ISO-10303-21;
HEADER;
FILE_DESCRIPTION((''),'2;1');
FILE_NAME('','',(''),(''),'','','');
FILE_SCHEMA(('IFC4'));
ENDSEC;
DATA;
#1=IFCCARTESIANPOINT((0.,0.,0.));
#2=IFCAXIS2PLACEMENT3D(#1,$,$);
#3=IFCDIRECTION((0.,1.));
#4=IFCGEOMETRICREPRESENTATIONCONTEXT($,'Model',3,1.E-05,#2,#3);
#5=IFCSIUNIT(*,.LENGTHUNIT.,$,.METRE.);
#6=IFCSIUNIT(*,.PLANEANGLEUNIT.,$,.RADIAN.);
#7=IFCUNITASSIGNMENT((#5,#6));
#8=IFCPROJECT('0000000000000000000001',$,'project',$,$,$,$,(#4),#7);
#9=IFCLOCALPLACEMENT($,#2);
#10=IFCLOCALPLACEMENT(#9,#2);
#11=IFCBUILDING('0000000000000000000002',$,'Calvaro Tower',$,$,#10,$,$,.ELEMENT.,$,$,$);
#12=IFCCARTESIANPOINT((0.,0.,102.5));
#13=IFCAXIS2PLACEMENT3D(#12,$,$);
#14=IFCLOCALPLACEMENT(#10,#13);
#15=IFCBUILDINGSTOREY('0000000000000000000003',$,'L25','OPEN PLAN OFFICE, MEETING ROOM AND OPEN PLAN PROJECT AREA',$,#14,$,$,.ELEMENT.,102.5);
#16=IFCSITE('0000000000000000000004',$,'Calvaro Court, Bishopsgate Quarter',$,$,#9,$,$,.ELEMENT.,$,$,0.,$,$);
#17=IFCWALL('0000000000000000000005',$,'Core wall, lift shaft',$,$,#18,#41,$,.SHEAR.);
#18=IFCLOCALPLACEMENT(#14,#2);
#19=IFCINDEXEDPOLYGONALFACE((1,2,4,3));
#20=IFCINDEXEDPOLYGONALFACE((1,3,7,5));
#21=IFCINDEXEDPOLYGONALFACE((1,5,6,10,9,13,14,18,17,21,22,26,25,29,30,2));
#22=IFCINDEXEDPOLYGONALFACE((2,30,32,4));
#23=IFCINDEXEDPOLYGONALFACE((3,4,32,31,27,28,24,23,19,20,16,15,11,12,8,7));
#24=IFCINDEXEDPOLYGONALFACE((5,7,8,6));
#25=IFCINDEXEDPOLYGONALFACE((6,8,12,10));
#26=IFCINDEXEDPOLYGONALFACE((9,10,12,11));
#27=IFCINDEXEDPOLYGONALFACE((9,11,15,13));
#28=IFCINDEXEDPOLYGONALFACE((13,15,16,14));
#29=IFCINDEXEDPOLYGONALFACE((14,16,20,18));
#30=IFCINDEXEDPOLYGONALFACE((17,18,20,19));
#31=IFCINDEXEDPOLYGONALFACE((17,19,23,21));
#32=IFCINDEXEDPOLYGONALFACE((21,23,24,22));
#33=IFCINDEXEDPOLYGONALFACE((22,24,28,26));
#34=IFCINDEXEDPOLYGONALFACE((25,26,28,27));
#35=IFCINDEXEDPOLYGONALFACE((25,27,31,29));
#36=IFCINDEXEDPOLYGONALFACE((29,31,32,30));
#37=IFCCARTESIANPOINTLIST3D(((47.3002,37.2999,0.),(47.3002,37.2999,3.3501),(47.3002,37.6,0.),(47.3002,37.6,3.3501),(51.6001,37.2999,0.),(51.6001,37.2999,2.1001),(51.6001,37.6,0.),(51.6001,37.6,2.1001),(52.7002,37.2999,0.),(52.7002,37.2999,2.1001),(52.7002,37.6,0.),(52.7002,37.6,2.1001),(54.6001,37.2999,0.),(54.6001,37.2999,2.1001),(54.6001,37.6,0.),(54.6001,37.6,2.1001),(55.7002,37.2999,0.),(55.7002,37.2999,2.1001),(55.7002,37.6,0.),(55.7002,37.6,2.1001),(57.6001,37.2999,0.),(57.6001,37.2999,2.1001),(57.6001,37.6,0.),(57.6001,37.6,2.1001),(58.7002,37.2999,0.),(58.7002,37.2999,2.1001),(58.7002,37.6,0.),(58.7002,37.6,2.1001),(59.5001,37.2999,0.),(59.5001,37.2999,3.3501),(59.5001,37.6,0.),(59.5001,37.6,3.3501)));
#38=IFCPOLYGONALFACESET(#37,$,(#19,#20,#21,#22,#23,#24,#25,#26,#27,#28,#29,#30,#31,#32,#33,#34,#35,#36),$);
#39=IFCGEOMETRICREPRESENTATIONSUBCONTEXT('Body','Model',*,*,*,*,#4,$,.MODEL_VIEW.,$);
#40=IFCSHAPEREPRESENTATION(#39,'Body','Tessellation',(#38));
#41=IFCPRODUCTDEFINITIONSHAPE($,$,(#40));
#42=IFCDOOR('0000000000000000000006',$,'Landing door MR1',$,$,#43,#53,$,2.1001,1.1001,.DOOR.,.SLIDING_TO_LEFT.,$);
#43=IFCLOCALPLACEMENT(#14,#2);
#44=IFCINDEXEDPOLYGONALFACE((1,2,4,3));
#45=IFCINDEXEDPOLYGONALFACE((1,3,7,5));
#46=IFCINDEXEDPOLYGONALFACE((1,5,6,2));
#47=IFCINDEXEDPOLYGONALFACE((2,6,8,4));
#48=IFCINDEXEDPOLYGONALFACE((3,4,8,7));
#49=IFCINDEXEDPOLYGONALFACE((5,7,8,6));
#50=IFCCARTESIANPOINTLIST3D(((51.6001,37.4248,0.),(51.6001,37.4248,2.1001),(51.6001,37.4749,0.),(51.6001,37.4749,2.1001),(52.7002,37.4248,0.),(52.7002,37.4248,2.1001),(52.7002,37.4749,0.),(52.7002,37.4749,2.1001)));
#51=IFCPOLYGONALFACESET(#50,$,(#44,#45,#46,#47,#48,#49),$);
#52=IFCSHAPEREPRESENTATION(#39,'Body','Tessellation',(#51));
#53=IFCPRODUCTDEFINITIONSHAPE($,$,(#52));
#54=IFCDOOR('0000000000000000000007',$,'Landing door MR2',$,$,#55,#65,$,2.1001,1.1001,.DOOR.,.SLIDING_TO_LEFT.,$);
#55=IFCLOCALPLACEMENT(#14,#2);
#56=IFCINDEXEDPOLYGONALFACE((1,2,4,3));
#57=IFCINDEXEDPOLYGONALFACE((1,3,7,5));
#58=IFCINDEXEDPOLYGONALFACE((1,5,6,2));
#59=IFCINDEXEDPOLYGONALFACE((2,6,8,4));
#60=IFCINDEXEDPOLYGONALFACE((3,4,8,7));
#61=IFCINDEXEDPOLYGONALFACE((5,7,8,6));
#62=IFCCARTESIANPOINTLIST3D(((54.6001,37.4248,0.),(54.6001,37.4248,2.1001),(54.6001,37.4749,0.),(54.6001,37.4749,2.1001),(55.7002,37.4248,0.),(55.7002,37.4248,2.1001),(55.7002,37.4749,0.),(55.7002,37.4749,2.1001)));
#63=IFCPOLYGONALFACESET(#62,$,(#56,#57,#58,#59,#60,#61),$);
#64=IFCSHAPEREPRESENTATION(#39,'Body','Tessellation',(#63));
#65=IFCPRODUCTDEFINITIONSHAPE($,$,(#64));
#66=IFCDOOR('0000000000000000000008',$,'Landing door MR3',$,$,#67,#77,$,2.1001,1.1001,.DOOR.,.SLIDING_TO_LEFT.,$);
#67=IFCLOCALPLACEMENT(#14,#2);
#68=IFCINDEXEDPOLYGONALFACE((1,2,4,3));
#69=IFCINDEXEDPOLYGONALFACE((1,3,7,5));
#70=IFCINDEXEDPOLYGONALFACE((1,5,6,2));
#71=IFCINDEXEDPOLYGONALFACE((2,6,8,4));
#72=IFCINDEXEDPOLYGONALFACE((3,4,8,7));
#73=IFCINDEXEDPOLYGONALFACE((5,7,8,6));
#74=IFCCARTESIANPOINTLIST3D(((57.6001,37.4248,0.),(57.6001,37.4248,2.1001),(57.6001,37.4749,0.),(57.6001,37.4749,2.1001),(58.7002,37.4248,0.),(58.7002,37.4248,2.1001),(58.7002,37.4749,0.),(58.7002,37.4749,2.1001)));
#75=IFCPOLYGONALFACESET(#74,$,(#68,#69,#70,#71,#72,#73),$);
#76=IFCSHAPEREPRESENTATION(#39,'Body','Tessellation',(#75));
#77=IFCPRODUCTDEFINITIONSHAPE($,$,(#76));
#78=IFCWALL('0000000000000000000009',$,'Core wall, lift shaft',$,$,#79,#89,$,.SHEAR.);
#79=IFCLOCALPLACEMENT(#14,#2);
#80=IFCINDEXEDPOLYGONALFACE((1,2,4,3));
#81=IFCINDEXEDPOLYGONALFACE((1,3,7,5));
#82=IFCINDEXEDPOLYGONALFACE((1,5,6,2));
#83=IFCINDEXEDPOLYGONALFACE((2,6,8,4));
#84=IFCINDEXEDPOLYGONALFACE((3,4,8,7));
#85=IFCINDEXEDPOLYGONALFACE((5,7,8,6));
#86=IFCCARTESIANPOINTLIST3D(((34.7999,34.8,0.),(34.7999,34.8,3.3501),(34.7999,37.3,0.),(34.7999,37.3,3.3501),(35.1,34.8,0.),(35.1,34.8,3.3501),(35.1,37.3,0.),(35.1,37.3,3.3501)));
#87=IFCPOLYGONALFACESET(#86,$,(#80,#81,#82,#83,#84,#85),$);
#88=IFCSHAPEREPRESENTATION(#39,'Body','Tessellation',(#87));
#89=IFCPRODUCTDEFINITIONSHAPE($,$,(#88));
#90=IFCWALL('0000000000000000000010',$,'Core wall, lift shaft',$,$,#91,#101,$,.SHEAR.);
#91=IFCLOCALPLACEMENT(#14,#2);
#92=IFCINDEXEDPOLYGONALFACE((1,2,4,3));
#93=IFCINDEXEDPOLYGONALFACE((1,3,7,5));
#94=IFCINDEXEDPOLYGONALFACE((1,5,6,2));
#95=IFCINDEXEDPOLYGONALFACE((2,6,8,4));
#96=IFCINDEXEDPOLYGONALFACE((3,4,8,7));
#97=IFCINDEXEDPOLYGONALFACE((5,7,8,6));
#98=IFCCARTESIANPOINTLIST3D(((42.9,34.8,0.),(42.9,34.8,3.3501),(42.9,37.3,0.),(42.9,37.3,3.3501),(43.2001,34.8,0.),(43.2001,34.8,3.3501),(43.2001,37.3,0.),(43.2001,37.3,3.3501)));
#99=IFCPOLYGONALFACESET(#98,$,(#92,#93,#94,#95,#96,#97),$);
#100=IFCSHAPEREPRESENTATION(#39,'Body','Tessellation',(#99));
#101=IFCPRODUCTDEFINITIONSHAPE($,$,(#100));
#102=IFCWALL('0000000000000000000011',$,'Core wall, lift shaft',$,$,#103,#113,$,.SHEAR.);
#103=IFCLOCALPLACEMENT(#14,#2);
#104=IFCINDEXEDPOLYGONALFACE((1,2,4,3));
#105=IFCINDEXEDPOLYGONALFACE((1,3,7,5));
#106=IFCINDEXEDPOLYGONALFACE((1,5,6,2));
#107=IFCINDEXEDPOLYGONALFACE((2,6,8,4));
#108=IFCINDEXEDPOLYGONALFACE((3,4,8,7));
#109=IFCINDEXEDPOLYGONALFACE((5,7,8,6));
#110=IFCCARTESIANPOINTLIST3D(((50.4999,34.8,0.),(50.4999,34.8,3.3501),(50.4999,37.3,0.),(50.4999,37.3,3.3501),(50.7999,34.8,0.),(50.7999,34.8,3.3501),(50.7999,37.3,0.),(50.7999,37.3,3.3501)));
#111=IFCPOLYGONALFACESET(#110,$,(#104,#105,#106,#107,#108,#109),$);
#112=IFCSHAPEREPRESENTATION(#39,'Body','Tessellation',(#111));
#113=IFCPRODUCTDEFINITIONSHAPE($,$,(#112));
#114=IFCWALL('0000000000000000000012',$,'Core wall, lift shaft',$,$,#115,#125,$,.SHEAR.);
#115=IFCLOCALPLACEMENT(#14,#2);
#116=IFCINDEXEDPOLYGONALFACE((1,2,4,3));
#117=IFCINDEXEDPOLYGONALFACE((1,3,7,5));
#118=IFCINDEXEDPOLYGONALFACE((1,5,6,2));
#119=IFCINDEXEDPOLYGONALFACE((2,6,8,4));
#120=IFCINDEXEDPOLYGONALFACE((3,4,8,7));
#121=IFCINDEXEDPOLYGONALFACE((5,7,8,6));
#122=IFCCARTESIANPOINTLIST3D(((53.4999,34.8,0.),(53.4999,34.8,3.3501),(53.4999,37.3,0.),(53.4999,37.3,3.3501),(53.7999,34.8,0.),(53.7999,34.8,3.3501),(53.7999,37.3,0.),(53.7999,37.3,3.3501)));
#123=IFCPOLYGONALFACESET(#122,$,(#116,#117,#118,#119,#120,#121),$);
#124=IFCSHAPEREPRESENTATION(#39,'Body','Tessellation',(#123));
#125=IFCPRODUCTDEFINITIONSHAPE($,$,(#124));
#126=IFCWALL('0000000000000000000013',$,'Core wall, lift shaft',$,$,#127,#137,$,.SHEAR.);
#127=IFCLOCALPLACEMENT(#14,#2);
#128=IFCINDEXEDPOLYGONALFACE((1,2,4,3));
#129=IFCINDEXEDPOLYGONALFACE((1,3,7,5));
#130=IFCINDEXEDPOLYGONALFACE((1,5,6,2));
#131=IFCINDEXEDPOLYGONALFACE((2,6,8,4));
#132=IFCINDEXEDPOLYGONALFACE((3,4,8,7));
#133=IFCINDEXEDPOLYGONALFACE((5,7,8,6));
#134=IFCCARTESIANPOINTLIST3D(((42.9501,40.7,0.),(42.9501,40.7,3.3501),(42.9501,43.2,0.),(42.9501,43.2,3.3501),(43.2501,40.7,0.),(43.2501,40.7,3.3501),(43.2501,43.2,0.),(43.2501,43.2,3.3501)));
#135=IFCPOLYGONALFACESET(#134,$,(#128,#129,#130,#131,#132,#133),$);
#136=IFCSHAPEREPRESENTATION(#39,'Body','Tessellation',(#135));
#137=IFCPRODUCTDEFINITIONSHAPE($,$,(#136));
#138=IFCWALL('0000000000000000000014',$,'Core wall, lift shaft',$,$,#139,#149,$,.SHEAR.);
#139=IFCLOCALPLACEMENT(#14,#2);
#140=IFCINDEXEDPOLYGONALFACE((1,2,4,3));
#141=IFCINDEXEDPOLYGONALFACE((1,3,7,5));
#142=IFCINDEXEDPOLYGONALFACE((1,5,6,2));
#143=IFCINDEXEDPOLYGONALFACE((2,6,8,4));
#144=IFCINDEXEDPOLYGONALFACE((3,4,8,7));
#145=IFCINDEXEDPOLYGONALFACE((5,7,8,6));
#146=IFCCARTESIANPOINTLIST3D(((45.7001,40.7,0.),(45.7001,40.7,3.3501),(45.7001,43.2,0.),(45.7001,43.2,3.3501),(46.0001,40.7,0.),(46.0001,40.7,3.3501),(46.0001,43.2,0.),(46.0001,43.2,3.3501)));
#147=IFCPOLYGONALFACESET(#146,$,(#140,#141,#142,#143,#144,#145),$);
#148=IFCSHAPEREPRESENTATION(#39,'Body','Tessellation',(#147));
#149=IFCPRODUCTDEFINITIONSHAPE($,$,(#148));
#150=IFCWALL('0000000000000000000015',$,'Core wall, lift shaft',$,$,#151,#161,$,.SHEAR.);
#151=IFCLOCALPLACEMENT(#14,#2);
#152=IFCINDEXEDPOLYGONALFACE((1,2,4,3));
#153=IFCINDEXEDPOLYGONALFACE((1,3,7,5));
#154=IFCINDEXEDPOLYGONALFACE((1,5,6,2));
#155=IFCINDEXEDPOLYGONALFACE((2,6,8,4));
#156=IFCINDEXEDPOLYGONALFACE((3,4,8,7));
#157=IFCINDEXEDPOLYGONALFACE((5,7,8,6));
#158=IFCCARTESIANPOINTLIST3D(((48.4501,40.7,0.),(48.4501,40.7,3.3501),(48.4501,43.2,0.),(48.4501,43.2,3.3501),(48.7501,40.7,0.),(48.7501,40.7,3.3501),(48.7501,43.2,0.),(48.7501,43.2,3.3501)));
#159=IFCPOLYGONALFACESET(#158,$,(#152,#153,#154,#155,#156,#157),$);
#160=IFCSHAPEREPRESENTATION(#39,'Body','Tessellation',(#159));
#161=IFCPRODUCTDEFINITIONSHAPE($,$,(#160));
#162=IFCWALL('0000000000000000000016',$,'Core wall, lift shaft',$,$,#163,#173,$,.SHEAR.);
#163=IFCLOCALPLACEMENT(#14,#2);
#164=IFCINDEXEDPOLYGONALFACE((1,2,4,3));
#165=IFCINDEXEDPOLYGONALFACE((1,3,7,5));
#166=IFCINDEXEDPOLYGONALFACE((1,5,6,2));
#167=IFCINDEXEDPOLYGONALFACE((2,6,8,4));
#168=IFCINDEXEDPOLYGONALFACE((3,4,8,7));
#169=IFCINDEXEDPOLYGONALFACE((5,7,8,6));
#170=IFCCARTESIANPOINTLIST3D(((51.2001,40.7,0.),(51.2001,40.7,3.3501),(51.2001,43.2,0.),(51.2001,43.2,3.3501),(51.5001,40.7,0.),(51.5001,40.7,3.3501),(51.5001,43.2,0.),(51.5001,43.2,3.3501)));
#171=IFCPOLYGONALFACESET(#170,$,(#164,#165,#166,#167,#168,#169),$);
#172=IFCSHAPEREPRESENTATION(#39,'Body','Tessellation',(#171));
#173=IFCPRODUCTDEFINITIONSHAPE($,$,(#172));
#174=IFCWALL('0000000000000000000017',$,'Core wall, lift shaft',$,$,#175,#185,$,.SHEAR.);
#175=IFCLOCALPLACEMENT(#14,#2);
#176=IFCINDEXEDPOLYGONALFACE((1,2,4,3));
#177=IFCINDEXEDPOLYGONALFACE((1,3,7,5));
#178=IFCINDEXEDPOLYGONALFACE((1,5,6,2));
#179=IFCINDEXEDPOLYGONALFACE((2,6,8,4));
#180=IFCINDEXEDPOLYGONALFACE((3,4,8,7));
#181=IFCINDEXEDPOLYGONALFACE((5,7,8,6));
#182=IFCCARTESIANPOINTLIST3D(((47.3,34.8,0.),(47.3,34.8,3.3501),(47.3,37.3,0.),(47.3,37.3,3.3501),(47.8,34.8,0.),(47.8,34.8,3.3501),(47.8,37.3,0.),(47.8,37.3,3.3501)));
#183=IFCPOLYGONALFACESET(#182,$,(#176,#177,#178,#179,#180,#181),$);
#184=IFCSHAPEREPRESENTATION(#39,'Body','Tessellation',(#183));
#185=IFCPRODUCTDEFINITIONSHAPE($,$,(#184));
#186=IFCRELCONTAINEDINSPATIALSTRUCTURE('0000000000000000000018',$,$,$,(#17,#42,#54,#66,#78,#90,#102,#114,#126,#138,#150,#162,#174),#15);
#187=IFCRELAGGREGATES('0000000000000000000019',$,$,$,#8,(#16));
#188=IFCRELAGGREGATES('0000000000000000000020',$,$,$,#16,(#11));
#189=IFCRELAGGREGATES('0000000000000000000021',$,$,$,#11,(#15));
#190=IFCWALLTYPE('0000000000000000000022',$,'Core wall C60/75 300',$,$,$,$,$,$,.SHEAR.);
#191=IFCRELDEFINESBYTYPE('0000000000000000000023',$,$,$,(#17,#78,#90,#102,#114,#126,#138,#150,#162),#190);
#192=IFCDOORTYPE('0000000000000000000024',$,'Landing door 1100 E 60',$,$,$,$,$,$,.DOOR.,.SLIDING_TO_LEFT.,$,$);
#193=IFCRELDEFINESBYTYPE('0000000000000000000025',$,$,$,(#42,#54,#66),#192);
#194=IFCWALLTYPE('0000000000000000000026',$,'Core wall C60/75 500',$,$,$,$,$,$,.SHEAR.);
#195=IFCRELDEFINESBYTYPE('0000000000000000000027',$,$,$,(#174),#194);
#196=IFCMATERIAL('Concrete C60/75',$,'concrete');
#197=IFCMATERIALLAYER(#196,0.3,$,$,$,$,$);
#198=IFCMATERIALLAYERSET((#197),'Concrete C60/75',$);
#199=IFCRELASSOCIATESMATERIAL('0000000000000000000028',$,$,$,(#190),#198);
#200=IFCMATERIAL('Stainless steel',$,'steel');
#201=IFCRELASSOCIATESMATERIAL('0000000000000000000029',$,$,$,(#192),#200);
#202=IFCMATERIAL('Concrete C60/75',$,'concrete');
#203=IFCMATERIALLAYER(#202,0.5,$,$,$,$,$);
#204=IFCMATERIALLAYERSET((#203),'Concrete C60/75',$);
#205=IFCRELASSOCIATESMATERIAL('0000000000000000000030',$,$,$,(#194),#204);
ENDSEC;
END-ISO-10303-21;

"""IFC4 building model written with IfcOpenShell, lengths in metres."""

from ifc_helpers import new_model, si_unit, direction, frame, frame_2d, origin, place, context, subcontext, project, spatial, rectangle, extrude, material, layer, layer_set, type_object, element, fill, save


model = new_model("IFC4")

# Units and contexts
model_context = context("Model", 3, precision=1e-05, world=origin(), true_north=direction((0.0, 1.0)))
body_context = subcontext(model_context, "Body", "Model", "MODEL_VIEW")
ifc_project = project(units=[si_unit("LENGTHUNIT", "METRE"), si_unit("PLANEANGLEUNIT", "RADIAN")], contexts=[model_context])

# Site, building, storey
site_placement = place(None, origin())
site = spatial("IfcSite", under=ifc_project, at=site_placement, Name="Calvaro Court, Bishopsgate Quarter", CompositionType="ELEMENT", RefElevation=0.0)
building_placement = place(site_placement, origin())
building = spatial("IfcBuilding", under=site, at=building_placement, Name="Calvaro Tower", CompositionType="ELEMENT")
storey_placement = place(building_placement, frame((0.0, 0.0, 102.5)))
storey = spatial("IfcBuildingStorey", under=building, at=storey_placement, Name="L25", Description="OPEN PLAN OFFICE, MEETING ROOM AND OPEN PLAN PROJECT AREA", CompositionType="ELEMENT", Elevation=102.5)

# Shared definitions
ifc_material_1 = material(Name="Concrete C60/75", Category="concrete")
ifc_layer_1 = layer(ifc_material_1, 0.3)
ifc_layer_set_1 = layer_set([ifc_layer_1], Name="Concrete C60/75")
wall_type_1 = type_object("IfcWallType", Name="Core wall C60/75 300", PredefinedType="SHEAR", material=ifc_layer_set_1)

# Shared definitions
ifc_material_2 = material(Name="Stainless steel", Category="steel")
door_type_1 = type_object("IfcDoorType", Name="Landing door 1100 E 60", OperationType="SLIDING_TO_LEFT", PredefinedType="DOOR", material=ifc_material_2)

# Wall, openings, doors
wall_1_placement = place(storey_placement, frame((47.3, 37.45, 0.0), z_axis=(0.0, 0.0, 1.0), x_axis=(1.0, 0.0, 0.0)))
wall_1 = element("IfcWall", 1, at=wall_1_placement, inside=storey, type_object=wall_type_1, Name="Core wall, lift shaft", PredefinedType="SHEAR", context=body_context, shape_type="SweptSolid", body=[
    extrude(rectangle(XDim=12.2, YDim=0.3, at=frame_2d((6.1001, 0.0))), origin(), (0.0, 0.0, 1.0), 3.3501),
])
opening_1_placement = place(wall_1_placement, frame((4.3, 0.0, 0.0)))
opening_1 = element("IfcOpeningElement", 2, at=opening_1_placement, cuts=wall_1, PredefinedType="OPENING", context=body_context, shape_type="SweptSolid", body=[
    extrude(rectangle(XDim=1.1001, YDim=2.1001, at=frame_2d((0.55, 1.05))), frame((0.0, 0.1599, 0.0), z_axis=(0.0, -1.0, 0.0), x_axis=(1.0, 0.0, 0.0)), (0.0, 0.0, 1.0), 0.3201),
])
opening_2_placement = place(wall_1_placement, frame((7.3, 0.0, 0.0)))
opening_2 = element("IfcOpeningElement", 3, at=opening_2_placement, cuts=wall_1, PredefinedType="OPENING", context=body_context, shape_type="SweptSolid", body=[
    extrude(rectangle(XDim=1.1001, YDim=2.1001, at=frame_2d((0.55, 1.05))), frame((0.0, 0.1599, 0.0), z_axis=(0.0, -1.0, 0.0), x_axis=(1.0, 0.0, 0.0)), (0.0, 0.0, 1.0), 0.3201),
])
opening_3_placement = place(wall_1_placement, frame((10.3, 0.0, 0.0)))
opening_3 = element("IfcOpeningElement", 4, at=opening_3_placement, cuts=wall_1, PredefinedType="OPENING", context=body_context, shape_type="SweptSolid", body=[
    extrude(rectangle(XDim=1.1001, YDim=2.1001, at=frame_2d((0.55, 1.05))), frame((0.0, 0.1599, 0.0), z_axis=(0.0, -1.0, 0.0), x_axis=(1.0, 0.0, 0.0)), (0.0, 0.0, 1.0), 0.3201),
])
door_1_placement = place(opening_1_placement, origin())
door_1 = element("IfcDoor", 5, at=door_1_placement, inside=storey, type_object=door_type_1, Name="Landing door MR1", OperationType="SLIDING_TO_LEFT", OverallHeight=2.1001, OverallWidth=1.1001, PredefinedType="DOOR", context=body_context, shape_type="SweptSolid", body=[
    extrude(rectangle(XDim=1.1001, YDim=2.1001, at=frame_2d((0.55, 1.05))), frame((0.0, 0.0249, 0.0), z_axis=(0.0, -1.0, 0.0), x_axis=(1.0, 0.0, 0.0)), (0.0, 0.0, 1.0), 0.05),
])
fill(opening_1, door_1)
door_2_placement = place(opening_2_placement, origin())
door_2 = element("IfcDoor", 6, at=door_2_placement, inside=storey, type_object=door_type_1, Name="Landing door MR2", OperationType="SLIDING_TO_LEFT", OverallHeight=2.1001, OverallWidth=1.1001, PredefinedType="DOOR", context=body_context, shape_type="SweptSolid", body=[
    extrude(rectangle(XDim=1.1001, YDim=2.1001, at=frame_2d((0.55, 1.05))), frame((0.0, 0.0249, 0.0), z_axis=(0.0, -1.0, 0.0), x_axis=(1.0, 0.0, 0.0)), (0.0, 0.0, 1.0), 0.05),
])
fill(opening_2, door_2)
door_3_placement = place(opening_3_placement, origin())
door_3 = element("IfcDoor", 7, at=door_3_placement, inside=storey, type_object=door_type_1, Name="Landing door MR3", OperationType="SLIDING_TO_LEFT", OverallHeight=2.1001, OverallWidth=1.1001, PredefinedType="DOOR", context=body_context, shape_type="SweptSolid", body=[
    extrude(rectangle(XDim=1.1001, YDim=2.1001, at=frame_2d((0.55, 1.05))), frame((0.0, 0.0249, 0.0), z_axis=(0.0, -1.0, 0.0), x_axis=(1.0, 0.0, 0.0)), (0.0, 0.0, 1.0), 0.05),
])
fill(opening_3, door_3)

# Walls
for number, where, z_axis, x_axis, name in (
    (8, (34.95, 34.8, 0.0), (0.0, 0.0, 1.0), (0.0, 1.0, 0.0), "Core wall, lift shaft"),
    (9, (43.05, 34.8, 0.0), (0.0, 0.0, 1.0), (0.0, 1.0, 0.0), "Core wall, lift shaft"),
    (10, (50.6499, 34.8, 0.0), (0.0, 0.0, 1.0), (0.0, 1.0, 0.0), "Core wall, lift shaft"),
    (11, (53.6499, 34.8, 0.0), (0.0, 0.0, 1.0), (0.0, 1.0, 0.0), "Core wall, lift shaft"),
    (12, (43.1001, 40.7, 0.0), (0.0, 0.0, 1.0), (0.0, 1.0, 0.0), "Core wall, lift shaft"),
    (13, (45.8501, 40.7, 0.0), (0.0, 0.0, 1.0), (0.0, 1.0, 0.0), "Core wall, lift shaft"),
    (14, (48.6001, 40.7, 0.0), (0.0, 0.0, 1.0), (0.0, 1.0, 0.0), "Core wall, lift shaft"),
    (15, (51.3501, 40.7, 0.0), (0.0, 0.0, 1.0), (0.0, 1.0, 0.0), "Core wall, lift shaft"),
):
    element("IfcWall", number, at=place(storey_placement, frame(where, z_axis=z_axis, x_axis=x_axis)), inside=storey, type_object=wall_type_1, Name=name, PredefinedType="SHEAR", context=body_context, shape_type="SweptSolid", body=[
        extrude(rectangle(XDim=2.5, YDim=0.3, at=frame_2d((1.25, 0.0))), origin(), (0.0, 0.0, 1.0), 3.3501),
    ])
ifc_material_3 = material(Name="Concrete C60/75", Category="concrete")
ifc_layer_2 = layer(ifc_material_3, 0.5)
ifc_layer_set_2 = layer_set([ifc_layer_2], Name="Concrete C60/75")
wall_type_2 = type_object("IfcWallType", Name="Core wall C60/75 500", PredefinedType="SHEAR", material=ifc_layer_set_2)
wall_2_placement = place(storey_placement, frame((47.55, 34.8, 0.0), z_axis=(0.0, 0.0, 1.0), x_axis=(0.0, 1.0, 0.0)))
element("IfcWall", 16, at=wall_2_placement, inside=storey, type_object=wall_type_2, Name="Core wall, lift shaft", PredefinedType="SHEAR", context=body_context, shape_type="SweptSolid", body=[
    extrude(rectangle(XDim=2.5, YDim=0.5, at=frame_2d((1.25, 0.0))), origin(), (0.0, 0.0, 1.0), 3.3501),
])

save(model, "model.ifc")
